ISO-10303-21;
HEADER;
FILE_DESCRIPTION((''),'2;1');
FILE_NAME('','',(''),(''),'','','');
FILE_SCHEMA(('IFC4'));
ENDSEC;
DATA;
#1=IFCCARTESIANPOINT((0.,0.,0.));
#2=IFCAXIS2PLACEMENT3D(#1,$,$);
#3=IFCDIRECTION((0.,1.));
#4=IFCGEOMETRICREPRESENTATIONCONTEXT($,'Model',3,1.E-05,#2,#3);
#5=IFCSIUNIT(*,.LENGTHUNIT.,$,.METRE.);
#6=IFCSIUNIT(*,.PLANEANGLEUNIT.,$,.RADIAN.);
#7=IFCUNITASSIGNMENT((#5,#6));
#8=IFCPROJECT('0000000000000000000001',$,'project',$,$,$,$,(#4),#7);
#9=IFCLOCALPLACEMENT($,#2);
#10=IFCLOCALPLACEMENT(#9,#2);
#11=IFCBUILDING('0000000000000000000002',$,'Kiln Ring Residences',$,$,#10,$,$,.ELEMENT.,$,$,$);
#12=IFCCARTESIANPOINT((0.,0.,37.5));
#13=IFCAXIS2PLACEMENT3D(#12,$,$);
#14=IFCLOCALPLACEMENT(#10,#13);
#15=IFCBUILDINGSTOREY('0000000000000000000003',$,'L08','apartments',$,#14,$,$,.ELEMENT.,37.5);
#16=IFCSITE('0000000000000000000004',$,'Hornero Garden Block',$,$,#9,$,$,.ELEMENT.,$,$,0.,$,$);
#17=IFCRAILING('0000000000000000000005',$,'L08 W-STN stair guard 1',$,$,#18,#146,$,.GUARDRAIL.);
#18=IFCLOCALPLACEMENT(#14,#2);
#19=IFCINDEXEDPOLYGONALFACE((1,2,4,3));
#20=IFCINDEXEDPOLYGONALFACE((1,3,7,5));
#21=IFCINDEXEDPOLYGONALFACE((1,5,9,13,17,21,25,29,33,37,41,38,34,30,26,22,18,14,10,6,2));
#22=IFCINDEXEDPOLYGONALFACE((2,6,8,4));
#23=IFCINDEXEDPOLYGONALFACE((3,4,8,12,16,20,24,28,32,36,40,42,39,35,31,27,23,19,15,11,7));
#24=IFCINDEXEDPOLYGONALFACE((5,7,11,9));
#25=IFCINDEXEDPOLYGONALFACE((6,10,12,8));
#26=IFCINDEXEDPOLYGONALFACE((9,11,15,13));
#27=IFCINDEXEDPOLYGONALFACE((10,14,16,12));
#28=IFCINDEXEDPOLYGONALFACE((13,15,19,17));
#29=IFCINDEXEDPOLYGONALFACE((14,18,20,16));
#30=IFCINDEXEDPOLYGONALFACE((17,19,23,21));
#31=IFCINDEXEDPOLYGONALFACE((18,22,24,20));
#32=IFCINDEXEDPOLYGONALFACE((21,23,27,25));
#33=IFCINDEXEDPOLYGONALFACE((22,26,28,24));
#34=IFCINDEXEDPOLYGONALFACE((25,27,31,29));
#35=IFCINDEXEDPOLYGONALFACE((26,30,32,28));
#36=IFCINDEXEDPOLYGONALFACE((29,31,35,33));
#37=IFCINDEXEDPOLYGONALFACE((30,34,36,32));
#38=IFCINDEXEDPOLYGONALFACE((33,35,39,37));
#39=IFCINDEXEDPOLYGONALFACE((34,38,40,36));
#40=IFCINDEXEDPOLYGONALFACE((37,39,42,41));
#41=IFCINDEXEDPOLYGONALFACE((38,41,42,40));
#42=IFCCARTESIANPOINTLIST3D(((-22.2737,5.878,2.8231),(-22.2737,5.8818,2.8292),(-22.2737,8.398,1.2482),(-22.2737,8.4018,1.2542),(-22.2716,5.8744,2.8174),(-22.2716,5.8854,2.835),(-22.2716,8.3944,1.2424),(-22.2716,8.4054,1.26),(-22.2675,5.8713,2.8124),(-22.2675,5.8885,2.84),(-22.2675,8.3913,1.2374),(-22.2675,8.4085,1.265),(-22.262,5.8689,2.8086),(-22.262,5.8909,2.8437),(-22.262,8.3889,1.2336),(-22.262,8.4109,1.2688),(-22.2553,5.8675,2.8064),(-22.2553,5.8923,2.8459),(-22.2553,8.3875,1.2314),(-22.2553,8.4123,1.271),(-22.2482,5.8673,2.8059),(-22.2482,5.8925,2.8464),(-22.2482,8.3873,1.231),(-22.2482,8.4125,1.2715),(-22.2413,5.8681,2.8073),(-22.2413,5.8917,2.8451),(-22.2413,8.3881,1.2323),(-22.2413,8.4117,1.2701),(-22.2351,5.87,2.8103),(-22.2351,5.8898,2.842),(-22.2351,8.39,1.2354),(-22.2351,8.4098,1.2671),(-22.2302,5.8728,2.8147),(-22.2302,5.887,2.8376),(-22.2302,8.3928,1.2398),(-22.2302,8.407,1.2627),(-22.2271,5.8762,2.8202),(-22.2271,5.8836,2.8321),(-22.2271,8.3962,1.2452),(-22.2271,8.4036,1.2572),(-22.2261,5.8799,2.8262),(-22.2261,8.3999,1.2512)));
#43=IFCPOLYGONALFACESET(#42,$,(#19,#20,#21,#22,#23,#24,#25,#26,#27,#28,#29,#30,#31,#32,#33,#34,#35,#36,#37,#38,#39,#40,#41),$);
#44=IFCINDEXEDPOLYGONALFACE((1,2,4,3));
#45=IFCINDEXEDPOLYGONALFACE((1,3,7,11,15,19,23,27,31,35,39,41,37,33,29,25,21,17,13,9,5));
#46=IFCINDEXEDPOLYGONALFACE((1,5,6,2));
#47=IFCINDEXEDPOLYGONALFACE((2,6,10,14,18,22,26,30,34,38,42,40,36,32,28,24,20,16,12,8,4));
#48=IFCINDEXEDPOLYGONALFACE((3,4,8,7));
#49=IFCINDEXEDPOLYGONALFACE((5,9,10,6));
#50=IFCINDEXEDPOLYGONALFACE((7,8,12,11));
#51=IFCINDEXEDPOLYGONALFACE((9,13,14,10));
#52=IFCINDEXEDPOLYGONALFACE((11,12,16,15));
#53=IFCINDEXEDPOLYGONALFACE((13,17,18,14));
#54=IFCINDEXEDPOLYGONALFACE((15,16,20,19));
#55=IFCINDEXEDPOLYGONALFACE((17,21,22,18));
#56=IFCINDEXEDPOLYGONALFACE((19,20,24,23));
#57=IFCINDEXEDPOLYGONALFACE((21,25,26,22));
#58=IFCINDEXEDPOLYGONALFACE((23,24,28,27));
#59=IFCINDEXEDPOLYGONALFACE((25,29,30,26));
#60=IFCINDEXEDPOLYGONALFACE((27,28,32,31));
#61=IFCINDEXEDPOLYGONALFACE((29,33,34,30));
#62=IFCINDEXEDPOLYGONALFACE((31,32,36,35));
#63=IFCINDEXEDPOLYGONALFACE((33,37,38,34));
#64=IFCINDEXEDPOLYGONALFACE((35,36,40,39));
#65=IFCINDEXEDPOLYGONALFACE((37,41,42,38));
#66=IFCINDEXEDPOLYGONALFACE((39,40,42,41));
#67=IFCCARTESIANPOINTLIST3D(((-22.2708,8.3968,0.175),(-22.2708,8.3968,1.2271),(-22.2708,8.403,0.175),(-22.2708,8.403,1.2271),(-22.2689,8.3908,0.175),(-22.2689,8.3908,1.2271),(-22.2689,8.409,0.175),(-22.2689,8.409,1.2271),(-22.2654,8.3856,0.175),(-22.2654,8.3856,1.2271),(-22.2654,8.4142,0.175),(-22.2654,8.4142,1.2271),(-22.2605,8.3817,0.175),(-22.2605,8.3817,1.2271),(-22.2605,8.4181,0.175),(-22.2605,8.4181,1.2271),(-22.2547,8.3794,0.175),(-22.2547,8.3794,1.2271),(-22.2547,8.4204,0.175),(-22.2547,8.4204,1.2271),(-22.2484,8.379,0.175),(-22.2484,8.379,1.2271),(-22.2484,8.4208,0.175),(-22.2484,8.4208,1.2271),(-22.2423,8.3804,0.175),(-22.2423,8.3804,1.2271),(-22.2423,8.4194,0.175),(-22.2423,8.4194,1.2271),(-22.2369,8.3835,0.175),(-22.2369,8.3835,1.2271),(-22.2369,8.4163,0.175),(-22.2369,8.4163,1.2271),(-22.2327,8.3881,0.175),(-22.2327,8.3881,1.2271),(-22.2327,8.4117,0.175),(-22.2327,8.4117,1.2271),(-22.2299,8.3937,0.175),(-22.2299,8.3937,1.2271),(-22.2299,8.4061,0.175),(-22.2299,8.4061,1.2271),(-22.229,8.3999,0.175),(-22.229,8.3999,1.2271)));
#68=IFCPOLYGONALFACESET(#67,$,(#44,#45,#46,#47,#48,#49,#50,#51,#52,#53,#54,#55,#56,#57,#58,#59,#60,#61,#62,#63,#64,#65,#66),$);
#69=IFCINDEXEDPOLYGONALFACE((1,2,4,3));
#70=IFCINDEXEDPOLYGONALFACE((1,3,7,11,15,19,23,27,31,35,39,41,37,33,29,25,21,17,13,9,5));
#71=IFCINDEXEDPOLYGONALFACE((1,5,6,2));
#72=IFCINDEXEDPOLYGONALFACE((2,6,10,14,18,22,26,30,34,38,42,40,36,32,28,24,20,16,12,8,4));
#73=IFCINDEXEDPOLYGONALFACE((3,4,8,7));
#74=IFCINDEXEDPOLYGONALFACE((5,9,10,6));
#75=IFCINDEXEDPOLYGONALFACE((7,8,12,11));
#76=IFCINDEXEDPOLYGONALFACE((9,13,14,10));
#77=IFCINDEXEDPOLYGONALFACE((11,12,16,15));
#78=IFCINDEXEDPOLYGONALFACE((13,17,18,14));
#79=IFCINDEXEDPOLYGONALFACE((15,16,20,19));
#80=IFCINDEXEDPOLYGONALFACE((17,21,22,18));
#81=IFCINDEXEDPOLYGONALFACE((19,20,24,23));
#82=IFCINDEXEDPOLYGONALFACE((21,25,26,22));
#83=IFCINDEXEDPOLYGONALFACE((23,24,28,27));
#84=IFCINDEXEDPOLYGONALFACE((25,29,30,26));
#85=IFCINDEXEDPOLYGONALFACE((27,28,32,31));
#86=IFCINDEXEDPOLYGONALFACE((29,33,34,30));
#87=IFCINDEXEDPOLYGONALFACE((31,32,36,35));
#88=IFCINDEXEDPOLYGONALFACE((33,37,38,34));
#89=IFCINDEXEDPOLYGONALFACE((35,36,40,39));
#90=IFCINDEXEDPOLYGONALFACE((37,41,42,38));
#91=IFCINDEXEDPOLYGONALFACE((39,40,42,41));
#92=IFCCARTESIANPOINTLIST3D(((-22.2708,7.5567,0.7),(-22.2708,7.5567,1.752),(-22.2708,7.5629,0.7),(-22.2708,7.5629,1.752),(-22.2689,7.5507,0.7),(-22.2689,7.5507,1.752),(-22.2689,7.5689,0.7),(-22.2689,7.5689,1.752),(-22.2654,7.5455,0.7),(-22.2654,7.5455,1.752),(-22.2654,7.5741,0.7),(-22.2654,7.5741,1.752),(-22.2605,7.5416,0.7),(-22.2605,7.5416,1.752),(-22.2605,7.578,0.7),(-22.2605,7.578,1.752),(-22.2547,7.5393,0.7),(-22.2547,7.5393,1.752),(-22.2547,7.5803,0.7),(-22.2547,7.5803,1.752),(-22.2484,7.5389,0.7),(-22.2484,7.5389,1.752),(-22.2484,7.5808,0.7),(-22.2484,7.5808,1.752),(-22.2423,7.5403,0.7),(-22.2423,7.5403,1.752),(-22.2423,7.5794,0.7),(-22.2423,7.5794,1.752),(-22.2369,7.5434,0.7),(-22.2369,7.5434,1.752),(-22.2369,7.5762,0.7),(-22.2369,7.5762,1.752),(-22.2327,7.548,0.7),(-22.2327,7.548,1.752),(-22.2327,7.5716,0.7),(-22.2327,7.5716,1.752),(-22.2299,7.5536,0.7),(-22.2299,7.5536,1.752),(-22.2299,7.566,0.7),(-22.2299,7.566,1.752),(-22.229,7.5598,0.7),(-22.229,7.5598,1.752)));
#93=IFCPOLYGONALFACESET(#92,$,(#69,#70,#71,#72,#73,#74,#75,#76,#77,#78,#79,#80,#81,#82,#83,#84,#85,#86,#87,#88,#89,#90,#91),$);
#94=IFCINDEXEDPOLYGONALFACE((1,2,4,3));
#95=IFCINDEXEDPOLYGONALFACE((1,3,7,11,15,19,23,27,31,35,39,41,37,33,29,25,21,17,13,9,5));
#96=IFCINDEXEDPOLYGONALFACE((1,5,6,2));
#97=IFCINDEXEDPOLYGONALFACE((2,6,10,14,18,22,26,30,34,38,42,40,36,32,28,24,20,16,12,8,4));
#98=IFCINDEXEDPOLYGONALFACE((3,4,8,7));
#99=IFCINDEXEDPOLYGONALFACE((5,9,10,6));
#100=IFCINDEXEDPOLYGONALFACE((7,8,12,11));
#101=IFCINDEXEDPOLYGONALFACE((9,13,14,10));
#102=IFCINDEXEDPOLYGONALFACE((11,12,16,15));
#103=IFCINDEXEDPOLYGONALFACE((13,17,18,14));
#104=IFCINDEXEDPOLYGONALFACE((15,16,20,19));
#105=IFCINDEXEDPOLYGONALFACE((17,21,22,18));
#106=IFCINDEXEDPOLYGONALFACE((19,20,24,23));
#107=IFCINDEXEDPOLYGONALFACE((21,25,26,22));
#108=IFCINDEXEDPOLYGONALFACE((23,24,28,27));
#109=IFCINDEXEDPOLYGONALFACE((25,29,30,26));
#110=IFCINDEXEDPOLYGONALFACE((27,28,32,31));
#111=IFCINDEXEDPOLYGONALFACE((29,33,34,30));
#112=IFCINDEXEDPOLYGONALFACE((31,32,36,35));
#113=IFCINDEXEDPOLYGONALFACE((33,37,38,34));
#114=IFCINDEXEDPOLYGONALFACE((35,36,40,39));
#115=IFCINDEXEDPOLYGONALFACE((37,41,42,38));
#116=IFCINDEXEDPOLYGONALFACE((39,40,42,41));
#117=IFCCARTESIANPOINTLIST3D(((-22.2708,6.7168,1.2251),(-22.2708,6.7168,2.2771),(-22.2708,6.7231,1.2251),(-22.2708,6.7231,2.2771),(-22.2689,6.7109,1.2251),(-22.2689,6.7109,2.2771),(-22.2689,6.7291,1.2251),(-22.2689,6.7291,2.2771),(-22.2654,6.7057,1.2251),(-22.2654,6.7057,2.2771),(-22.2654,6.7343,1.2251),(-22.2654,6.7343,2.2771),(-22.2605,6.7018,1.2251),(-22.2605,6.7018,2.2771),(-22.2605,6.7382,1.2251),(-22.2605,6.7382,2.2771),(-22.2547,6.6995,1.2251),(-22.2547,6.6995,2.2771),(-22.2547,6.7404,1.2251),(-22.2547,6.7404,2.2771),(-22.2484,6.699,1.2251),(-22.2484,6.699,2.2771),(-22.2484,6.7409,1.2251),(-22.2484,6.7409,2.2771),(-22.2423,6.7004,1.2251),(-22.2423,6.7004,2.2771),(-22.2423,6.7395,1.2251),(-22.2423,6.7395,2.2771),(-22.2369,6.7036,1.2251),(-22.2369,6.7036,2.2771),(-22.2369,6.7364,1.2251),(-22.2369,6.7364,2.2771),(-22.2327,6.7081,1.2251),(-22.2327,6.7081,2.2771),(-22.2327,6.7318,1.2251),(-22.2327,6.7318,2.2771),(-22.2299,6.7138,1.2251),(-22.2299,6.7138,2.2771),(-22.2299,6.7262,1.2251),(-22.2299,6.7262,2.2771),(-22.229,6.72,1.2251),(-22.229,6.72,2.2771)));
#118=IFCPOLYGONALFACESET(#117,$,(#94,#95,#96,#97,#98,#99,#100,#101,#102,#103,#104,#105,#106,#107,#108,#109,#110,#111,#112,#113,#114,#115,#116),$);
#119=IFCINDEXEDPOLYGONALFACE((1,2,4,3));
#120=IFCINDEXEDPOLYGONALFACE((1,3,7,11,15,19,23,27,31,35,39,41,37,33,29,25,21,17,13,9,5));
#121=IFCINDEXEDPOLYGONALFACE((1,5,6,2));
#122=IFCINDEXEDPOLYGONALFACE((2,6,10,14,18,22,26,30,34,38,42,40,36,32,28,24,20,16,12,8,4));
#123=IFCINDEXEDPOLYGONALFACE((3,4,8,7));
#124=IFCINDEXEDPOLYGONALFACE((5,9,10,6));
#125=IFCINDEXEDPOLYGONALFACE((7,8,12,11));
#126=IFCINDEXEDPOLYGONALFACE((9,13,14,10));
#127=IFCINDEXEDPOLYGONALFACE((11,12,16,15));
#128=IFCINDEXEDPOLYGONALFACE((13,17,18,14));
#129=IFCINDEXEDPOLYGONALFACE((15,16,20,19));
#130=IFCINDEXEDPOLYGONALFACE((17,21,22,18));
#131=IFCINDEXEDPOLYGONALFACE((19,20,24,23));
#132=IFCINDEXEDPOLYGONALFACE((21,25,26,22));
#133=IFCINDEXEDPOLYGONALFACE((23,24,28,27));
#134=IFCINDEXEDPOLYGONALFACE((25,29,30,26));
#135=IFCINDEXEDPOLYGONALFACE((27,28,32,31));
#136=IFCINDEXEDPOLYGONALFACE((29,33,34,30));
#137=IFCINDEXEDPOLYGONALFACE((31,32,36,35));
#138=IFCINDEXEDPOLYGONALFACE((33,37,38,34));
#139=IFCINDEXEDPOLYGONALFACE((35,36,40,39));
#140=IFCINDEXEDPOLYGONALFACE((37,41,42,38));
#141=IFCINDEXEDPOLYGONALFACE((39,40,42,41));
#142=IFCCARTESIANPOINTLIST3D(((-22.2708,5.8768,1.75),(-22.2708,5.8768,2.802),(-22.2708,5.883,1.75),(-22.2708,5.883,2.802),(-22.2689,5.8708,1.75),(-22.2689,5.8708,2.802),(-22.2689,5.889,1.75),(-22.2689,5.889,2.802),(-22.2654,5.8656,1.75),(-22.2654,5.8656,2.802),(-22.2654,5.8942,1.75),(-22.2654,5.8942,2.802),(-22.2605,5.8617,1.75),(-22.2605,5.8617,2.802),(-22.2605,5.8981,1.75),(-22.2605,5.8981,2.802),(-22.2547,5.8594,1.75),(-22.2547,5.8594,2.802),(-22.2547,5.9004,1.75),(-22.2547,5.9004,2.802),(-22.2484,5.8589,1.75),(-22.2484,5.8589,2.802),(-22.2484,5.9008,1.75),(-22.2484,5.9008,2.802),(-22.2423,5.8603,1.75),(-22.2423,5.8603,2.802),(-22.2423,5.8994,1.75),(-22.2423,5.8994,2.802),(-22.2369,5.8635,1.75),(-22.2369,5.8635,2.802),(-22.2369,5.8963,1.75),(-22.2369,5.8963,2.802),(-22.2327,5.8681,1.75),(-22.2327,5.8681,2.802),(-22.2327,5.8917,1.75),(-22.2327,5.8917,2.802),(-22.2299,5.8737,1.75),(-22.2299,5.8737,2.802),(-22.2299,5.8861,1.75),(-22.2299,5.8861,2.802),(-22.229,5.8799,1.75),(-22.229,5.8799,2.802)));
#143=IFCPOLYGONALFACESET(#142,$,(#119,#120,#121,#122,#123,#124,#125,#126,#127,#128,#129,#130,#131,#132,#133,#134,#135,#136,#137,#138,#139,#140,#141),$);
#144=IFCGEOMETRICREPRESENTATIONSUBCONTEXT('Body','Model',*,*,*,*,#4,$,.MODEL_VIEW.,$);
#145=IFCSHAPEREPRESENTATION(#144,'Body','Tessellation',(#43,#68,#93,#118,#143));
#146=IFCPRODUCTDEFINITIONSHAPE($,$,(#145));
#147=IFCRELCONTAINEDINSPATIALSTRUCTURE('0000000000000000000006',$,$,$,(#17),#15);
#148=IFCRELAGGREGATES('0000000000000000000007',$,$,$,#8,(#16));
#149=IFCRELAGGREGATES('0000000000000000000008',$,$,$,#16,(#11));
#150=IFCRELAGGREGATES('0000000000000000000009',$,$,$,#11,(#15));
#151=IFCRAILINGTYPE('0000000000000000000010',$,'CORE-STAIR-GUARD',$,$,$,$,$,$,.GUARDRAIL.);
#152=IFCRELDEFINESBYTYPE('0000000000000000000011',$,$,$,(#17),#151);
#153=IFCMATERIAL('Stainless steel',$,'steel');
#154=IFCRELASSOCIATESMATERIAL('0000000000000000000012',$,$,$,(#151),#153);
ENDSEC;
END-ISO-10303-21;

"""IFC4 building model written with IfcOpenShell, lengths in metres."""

from ifc_helpers import new_model, si_unit, direction, frame, origin, origin_2d, place, context, subcontext, project, spatial, circle, extrude, material, type_object, element, save


model = new_model("IFC4")

# Units and contexts
model_context = context("Model", 3, precision=1e-05, world=origin(), true_north=direction((0.0, 1.0)))
body_context = subcontext(model_context, "Body", "Model", "MODEL_VIEW")
ifc_project = project(units=[si_unit("LENGTHUNIT", "METRE"), si_unit("PLANEANGLEUNIT", "RADIAN")], contexts=[model_context])

# Site, building, storey
site_placement = place(None, origin())
site = spatial("IfcSite", under=ifc_project, at=site_placement, Name="Hornero Garden Block", CompositionType="ELEMENT", RefElevation=0.0)
building_placement = place(site_placement, origin())
building = spatial("IfcBuilding", under=site, at=building_placement, Name="Kiln Ring Residences", CompositionType="ELEMENT")
storey_placement = place(building_placement, frame((0.0, 0.0, 37.5)))
storey = spatial("IfcBuildingStorey", under=building, at=storey_placement, Name="L08", Description="apartments", CompositionType="ELEMENT", Elevation=37.5)

# Railing
ifc_material_1 = material(Name="Stainless steel", Category="steel")
railing_type_1 = type_object("IfcRailingType", Name="CORE-STAIR-GUARD", PredefinedType="GUARDRAIL", material=ifc_material_1)
railing_1_placement = place(storey_placement, frame((-22.25, 8.3999, 0.175)))
element("IfcRailing", 1, at=railing_1_placement, inside=storey, type_object=railing_type_1, Name="L08 W-STN stair guard 1", PredefinedType="GUARDRAIL", context=body_context, shape_type="SweptSolid", body=[
    extrude(circle(Radius=0.0239, at=origin_2d()), frame((0.0, 0.0, 1.0762), z_axis=(0.0, -0.848008, 0.529984), x_axis=(1.0, 0.0, 0.0)), (0.0, 0.0, 1.0), 2.9717),
    extrude(circle(Radius=0.021, at=origin_2d()), origin(), (0.0, 0.0, 1.0), 1.052),
    extrude(circle(Radius=0.021, at=origin_2d()), frame((0.0, -0.8401, 0.5249)), (0.0, 0.0, 1.0), 1.052),
    extrude(circle(Radius=0.021, at=origin_2d()), frame((0.0, -1.6799, 1.05)), (0.0, 0.0, 1.0), 1.052),
    extrude(circle(Radius=0.021, at=origin_2d()), frame((0.0, -2.52, 1.575)), (0.0, 0.0, 1.0), 1.052),
])

save(model, "model.ifc")
